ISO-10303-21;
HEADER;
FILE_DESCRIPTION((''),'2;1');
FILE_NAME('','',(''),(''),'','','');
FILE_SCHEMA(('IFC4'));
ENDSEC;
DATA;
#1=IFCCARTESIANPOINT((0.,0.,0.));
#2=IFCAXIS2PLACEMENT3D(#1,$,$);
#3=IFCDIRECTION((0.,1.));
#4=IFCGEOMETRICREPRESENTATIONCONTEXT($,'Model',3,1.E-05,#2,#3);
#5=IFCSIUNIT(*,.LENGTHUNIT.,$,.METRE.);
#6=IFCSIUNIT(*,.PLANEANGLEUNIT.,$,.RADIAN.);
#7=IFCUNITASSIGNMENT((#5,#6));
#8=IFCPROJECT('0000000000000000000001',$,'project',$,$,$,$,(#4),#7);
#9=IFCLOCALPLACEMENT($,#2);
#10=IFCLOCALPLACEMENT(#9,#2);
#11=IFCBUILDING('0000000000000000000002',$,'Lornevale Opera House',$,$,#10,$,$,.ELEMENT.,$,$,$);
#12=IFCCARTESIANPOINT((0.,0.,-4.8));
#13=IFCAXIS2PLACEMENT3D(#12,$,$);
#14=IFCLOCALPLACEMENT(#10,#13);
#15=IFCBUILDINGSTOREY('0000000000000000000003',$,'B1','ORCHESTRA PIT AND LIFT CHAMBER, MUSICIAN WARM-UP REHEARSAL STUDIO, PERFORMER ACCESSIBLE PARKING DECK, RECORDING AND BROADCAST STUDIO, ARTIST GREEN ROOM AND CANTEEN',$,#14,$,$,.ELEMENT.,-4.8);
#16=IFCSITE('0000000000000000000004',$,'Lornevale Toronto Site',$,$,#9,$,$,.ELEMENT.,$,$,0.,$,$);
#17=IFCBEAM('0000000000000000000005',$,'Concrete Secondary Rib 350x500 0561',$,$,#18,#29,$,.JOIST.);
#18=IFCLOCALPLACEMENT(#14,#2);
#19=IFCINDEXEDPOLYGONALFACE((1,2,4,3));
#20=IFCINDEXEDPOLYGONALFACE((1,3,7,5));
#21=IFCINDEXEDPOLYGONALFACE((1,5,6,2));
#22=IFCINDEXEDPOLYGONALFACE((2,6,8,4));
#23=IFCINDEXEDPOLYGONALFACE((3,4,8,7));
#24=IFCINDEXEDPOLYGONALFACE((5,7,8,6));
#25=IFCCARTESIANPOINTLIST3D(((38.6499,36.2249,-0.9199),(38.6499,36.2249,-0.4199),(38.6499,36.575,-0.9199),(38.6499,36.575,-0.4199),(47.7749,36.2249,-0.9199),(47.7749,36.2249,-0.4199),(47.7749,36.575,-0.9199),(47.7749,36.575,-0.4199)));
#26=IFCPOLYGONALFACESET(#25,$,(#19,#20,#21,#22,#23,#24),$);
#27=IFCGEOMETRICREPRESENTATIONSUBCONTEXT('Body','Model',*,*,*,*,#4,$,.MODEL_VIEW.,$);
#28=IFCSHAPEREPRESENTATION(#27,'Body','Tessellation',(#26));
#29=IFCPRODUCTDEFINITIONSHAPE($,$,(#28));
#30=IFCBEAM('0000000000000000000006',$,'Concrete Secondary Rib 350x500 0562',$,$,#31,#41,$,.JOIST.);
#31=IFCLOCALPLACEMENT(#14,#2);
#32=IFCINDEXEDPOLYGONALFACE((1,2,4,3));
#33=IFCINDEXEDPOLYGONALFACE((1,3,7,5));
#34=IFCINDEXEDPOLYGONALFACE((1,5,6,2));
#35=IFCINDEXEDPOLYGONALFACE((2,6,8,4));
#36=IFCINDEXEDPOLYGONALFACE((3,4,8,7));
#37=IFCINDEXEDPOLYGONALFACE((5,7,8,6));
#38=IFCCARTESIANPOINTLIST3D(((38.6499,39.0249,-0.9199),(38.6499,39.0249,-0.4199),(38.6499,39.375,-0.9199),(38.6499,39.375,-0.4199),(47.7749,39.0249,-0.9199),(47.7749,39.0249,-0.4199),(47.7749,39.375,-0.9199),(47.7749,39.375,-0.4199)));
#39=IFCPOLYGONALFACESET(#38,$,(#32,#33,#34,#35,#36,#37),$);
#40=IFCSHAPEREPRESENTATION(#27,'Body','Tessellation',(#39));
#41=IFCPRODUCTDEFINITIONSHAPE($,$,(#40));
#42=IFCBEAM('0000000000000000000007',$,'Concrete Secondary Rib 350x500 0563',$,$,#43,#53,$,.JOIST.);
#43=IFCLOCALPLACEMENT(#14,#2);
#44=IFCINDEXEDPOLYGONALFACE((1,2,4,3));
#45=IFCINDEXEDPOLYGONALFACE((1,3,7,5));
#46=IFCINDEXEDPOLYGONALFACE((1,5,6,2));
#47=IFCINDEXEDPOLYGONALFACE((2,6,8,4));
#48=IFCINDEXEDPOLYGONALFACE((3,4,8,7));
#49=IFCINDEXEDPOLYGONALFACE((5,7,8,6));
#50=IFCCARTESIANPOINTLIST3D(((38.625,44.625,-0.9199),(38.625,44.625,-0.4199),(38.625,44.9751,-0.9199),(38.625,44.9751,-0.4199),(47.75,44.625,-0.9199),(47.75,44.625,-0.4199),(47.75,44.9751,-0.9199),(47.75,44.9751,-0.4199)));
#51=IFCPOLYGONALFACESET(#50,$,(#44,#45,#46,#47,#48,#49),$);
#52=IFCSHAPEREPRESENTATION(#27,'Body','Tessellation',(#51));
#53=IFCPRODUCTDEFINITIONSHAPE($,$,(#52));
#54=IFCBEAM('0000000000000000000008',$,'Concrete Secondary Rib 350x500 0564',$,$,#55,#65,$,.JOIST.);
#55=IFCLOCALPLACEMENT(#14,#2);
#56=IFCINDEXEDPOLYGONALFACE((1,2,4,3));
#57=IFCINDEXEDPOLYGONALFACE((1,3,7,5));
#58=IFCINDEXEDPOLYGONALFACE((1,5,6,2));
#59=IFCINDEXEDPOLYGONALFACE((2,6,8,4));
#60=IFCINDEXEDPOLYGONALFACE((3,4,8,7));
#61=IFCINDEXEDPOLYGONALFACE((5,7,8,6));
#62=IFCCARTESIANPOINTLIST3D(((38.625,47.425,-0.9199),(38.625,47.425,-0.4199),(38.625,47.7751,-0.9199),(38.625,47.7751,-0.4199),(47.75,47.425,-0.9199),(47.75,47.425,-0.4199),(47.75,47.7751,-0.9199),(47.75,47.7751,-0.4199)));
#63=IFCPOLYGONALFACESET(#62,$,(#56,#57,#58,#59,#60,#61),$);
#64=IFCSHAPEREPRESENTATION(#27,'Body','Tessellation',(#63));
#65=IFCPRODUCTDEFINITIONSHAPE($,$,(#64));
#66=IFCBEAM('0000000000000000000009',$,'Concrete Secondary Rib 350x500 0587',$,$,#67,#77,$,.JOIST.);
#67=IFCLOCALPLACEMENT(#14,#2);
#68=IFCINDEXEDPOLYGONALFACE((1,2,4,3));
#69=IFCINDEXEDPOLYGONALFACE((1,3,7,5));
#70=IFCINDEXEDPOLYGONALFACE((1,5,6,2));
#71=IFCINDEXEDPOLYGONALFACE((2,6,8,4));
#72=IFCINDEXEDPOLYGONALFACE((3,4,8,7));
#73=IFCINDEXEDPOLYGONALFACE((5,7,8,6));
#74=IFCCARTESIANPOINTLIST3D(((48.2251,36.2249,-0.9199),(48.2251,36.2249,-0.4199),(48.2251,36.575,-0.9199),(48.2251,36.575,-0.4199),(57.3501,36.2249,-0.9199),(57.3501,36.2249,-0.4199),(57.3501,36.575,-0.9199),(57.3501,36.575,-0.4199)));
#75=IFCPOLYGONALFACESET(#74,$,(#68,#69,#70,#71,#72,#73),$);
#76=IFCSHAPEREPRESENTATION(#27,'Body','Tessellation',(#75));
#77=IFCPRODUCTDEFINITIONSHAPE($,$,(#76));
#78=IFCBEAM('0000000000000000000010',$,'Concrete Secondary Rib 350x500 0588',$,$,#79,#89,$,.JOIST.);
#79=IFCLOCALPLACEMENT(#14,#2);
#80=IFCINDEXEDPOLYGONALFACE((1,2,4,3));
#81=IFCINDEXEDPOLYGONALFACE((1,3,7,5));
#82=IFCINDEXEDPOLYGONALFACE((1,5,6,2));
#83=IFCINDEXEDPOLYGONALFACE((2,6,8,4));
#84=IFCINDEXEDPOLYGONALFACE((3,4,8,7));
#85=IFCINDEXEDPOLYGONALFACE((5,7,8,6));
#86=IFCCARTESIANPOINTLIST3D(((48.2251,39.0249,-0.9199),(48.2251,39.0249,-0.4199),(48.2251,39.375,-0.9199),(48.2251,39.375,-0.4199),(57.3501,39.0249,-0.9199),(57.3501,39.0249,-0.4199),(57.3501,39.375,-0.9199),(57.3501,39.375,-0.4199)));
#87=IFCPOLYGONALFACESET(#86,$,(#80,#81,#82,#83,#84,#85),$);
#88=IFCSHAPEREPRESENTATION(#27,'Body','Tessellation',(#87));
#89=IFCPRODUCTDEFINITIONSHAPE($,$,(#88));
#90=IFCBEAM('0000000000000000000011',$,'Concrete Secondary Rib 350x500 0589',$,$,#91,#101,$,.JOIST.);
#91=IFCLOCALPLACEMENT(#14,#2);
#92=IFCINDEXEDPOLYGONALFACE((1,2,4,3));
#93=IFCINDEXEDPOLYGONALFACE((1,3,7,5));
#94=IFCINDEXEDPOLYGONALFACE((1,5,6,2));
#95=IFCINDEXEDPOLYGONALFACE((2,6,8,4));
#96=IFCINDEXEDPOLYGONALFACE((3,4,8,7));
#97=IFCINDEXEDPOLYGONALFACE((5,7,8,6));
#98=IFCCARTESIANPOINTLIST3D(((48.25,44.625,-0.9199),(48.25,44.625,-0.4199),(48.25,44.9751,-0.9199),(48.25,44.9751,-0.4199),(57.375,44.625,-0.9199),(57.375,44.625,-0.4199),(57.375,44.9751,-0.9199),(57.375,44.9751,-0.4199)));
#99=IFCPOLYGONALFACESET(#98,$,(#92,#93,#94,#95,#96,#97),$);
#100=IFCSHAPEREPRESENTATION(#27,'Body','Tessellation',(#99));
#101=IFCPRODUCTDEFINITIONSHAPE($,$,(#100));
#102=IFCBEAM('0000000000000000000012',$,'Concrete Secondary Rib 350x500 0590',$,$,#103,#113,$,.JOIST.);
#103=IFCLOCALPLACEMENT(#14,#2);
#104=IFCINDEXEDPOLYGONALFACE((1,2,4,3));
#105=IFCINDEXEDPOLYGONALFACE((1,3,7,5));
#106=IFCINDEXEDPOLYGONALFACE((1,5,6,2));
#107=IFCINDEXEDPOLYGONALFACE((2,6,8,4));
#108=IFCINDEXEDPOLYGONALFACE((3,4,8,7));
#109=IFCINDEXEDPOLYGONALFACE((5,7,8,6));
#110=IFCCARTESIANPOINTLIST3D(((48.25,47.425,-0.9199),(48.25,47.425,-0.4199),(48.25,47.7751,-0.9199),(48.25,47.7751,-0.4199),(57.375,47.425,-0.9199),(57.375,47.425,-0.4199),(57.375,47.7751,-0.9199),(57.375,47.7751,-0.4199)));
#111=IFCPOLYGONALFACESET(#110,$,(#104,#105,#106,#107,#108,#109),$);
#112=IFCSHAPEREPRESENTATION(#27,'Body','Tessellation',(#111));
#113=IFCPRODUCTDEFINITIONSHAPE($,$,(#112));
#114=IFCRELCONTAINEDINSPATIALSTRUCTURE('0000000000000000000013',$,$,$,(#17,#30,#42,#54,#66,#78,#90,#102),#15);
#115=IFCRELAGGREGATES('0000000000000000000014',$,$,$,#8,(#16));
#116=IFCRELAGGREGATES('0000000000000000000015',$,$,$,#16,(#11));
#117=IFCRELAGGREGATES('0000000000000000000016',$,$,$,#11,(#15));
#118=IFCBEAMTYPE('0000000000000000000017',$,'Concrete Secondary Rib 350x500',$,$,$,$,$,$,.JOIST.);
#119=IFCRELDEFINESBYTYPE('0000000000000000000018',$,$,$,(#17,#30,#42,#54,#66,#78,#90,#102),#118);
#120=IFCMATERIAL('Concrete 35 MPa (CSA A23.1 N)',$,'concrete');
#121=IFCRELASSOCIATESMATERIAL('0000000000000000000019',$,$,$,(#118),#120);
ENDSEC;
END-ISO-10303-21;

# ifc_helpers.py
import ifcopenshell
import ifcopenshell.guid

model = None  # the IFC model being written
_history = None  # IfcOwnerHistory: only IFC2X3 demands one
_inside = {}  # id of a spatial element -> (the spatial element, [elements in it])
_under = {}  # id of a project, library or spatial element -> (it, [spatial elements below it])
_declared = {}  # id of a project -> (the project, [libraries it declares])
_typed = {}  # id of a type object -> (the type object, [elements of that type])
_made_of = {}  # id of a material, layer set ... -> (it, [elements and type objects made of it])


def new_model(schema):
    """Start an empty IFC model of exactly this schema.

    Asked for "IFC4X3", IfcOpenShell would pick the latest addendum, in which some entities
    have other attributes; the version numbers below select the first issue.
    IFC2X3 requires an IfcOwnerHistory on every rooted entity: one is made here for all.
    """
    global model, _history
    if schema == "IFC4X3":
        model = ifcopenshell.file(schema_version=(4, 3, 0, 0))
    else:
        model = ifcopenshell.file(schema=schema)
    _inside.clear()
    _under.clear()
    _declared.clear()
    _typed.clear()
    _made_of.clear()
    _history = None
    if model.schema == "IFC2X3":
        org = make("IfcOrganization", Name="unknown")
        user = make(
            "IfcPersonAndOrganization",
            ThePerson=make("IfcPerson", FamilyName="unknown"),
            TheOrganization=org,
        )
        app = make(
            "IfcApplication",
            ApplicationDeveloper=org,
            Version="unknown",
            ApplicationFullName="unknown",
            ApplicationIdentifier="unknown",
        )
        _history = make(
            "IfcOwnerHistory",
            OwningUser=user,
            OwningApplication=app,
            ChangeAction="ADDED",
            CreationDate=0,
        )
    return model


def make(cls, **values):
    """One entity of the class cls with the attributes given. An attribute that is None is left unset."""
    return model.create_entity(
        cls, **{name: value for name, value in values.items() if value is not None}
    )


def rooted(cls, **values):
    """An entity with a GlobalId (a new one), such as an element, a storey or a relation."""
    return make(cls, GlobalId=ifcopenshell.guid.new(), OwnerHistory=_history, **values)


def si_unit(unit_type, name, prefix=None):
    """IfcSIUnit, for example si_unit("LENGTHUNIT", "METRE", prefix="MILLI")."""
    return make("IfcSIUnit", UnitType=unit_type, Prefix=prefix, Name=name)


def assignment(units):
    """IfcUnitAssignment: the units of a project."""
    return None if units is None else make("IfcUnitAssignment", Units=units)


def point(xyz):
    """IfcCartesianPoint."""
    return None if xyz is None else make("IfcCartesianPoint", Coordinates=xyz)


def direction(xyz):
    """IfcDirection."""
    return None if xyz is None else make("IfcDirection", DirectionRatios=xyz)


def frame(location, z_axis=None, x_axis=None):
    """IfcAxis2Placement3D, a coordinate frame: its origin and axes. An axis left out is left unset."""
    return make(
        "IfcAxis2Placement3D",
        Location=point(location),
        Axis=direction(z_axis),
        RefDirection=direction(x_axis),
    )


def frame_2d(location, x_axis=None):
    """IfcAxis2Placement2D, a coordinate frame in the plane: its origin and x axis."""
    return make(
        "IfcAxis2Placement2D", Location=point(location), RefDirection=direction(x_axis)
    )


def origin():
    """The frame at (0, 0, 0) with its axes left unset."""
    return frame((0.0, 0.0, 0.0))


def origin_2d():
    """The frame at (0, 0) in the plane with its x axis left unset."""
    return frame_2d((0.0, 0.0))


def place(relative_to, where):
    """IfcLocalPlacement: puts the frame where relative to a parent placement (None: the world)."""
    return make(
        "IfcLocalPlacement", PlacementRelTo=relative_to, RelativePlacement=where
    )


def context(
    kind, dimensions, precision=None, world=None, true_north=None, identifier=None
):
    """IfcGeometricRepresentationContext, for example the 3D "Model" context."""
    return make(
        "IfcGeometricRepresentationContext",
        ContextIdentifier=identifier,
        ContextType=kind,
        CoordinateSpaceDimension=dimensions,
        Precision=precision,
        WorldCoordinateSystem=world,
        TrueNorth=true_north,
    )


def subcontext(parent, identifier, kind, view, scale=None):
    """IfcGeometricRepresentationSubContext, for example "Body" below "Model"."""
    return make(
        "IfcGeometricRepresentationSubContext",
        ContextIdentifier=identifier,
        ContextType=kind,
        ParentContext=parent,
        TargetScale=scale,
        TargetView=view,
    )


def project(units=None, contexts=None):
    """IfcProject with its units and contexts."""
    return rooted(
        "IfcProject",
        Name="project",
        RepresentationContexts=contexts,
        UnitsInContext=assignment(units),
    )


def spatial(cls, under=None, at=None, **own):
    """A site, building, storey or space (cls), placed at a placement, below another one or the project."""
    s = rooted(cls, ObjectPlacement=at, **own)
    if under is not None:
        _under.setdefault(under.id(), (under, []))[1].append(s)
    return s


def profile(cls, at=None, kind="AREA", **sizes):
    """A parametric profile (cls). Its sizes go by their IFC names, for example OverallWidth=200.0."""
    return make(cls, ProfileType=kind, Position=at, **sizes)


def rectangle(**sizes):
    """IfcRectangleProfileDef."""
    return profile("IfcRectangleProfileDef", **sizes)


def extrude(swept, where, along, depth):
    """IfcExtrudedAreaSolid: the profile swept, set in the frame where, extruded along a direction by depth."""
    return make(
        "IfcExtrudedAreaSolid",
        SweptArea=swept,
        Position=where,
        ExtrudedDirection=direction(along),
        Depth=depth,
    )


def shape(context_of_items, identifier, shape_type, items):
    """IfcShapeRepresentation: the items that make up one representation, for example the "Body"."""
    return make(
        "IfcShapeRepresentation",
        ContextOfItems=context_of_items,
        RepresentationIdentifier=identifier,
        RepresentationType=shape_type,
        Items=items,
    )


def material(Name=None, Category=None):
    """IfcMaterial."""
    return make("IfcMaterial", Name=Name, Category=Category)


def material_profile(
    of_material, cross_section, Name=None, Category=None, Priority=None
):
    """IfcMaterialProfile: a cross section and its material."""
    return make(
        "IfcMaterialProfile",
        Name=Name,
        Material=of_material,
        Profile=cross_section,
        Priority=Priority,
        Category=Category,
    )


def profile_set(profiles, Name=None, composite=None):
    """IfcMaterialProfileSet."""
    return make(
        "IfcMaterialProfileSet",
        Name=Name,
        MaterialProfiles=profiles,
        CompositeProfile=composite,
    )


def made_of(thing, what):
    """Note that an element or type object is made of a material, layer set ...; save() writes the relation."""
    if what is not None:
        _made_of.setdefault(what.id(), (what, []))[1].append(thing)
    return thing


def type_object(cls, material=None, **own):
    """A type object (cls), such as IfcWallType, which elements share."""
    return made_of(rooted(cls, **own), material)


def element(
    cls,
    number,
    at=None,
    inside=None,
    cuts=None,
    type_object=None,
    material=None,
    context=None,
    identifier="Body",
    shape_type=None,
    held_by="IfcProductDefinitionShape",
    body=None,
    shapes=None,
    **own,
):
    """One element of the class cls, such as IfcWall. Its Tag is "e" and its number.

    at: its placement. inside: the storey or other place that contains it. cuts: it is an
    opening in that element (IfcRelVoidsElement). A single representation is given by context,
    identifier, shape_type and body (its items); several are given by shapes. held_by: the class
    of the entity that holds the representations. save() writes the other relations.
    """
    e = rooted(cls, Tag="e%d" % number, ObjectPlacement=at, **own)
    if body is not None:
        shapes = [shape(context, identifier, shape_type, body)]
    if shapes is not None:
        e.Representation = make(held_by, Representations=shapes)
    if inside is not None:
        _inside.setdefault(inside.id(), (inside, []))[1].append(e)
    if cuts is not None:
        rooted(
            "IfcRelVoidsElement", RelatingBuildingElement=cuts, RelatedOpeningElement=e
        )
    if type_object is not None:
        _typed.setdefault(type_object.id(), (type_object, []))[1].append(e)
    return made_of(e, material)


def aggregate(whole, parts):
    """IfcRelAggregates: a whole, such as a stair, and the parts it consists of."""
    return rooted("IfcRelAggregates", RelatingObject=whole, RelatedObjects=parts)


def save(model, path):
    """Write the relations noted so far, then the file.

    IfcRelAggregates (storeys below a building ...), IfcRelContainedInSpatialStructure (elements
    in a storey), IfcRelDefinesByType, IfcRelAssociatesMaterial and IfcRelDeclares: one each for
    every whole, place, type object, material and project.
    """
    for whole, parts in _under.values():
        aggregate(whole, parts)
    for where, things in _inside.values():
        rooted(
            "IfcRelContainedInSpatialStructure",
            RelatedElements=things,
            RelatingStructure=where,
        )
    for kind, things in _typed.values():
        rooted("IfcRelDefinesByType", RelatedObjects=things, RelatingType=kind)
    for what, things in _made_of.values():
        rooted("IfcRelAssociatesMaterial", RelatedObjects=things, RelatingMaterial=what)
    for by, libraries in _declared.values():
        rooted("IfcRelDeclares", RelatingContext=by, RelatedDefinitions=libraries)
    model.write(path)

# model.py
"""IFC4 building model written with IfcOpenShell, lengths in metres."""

from ifc_helpers import new_model, si_unit, direction, frame, origin, origin_2d, place, context, subcontext, project, spatial, rectangle, extrude, material, material_profile, profile_set, type_object, element, save


model = new_model("IFC4")

# Units and contexts
model_context = context("Model", 3, precision=1e-05, world=origin(), true_north=direction((0.0, 1.0)))
body_context = subcontext(model_context, "Body", "Model", "MODEL_VIEW")
ifc_project = project(units=[si_unit("LENGTHUNIT", "METRE"), si_unit("PLANEANGLEUNIT", "RADIAN")], contexts=[model_context])

# Site, building, storey
site_placement = place(None, origin())
site = spatial("IfcSite", under=ifc_project, at=site_placement, Name="Lornevale Toronto Site", CompositionType="ELEMENT", RefElevation=0.0)
building_placement = place(site_placement, origin())
building = spatial("IfcBuilding", under=site, at=building_placement, Name="Lornevale Opera House", CompositionType="ELEMENT")
storey_placement = place(building_placement, frame((0.0, 0.0, -4.8)))
storey = spatial("IfcBuildingStorey", under=building, at=storey_placement, Name="B1", Description="ORCHESTRA PIT AND LIFT CHAMBER, MUSICIAN WARM-UP REHEARSAL STUDIO, PERFORMER ACCESSIBLE PARKING DECK, RECORDING AND BROADCAST STUDIO, ARTIST GREEN ROOM AND CANTEEN", CompositionType="ELEMENT", Elevation=-4.8)

# Beams
ifc_material_1 = material(Name="Concrete 35 MPa (CSA A23.1 N)", Category="concrete")
ifc_material_profile_1 = material_profile(ifc_material_1, rectangle(XDim=0.3501, YDim=0.5, at=origin_2d()), Name="RC350x500")
ifc_profile_set_1 = profile_set([ifc_material_profile_1], Name="Concrete 35 MPa (CSA A23.1 N)")
beam_type_1 = type_object("IfcBeamType", Name="Concrete Secondary Rib 350x500", PredefinedType="JOIST", material=ifc_profile_set_1)
for number, where, z_axis, x_axis, name in (
    (1, (38.6499, 36.3999, -0.6699), (1.0, 0.0, 0.0), (0.0, 1.0, 0.0), "Concrete Secondary Rib 350x500 0561"),
    (2, (38.6499, 39.2, -0.6699), (1.0, 0.0, 0.0), (0.0, 1.0, 0.0), "Concrete Secondary Rib 350x500 0562"),
    (3, (38.625, 44.8, -0.6699), (1.0, 0.0, 0.0), (0.0, 1.0, 0.0), "Concrete Secondary Rib 350x500 0563"),
    (4, (38.625, 47.6001, -0.6699), (1.0, 0.0, 0.0), (0.0, 1.0, 0.0), "Concrete Secondary Rib 350x500 0564"),
    (5, (48.2251, 36.3999, -0.6699), (1.0, 0.0, 0.0), (0.0, 1.0, 0.0), "Concrete Secondary Rib 350x500 0587"),
    (6, (48.2251, 39.2, -0.6699), (1.0, 0.0, 0.0), (0.0, 1.0, 0.0), "Concrete Secondary Rib 350x500 0588"),
    (7, (48.25, 44.8, -0.6699), (1.0, 0.0, 0.0), (0.0, 1.0, 0.0), "Concrete Secondary Rib 350x500 0589"),
    (8, (48.25, 47.6001, -0.6699), (1.0, 0.0, 0.0), (0.0, 1.0, 0.0), "Concrete Secondary Rib 350x500 0590"),
):
    element("IfcBeam", number, at=place(storey_placement, frame(where, z_axis=z_axis, x_axis=x_axis)), inside=storey, type_object=beam_type_1, Name=name, PredefinedType="JOIST", context=body_context, shape_type="SweptSolid", body=[
        extrude(rectangle(XDim=0.3501, YDim=0.5, at=origin_2d()), origin(), (0.0, 0.0, 1.0), 9.125),
    ])

save(model, "model.ifc")
